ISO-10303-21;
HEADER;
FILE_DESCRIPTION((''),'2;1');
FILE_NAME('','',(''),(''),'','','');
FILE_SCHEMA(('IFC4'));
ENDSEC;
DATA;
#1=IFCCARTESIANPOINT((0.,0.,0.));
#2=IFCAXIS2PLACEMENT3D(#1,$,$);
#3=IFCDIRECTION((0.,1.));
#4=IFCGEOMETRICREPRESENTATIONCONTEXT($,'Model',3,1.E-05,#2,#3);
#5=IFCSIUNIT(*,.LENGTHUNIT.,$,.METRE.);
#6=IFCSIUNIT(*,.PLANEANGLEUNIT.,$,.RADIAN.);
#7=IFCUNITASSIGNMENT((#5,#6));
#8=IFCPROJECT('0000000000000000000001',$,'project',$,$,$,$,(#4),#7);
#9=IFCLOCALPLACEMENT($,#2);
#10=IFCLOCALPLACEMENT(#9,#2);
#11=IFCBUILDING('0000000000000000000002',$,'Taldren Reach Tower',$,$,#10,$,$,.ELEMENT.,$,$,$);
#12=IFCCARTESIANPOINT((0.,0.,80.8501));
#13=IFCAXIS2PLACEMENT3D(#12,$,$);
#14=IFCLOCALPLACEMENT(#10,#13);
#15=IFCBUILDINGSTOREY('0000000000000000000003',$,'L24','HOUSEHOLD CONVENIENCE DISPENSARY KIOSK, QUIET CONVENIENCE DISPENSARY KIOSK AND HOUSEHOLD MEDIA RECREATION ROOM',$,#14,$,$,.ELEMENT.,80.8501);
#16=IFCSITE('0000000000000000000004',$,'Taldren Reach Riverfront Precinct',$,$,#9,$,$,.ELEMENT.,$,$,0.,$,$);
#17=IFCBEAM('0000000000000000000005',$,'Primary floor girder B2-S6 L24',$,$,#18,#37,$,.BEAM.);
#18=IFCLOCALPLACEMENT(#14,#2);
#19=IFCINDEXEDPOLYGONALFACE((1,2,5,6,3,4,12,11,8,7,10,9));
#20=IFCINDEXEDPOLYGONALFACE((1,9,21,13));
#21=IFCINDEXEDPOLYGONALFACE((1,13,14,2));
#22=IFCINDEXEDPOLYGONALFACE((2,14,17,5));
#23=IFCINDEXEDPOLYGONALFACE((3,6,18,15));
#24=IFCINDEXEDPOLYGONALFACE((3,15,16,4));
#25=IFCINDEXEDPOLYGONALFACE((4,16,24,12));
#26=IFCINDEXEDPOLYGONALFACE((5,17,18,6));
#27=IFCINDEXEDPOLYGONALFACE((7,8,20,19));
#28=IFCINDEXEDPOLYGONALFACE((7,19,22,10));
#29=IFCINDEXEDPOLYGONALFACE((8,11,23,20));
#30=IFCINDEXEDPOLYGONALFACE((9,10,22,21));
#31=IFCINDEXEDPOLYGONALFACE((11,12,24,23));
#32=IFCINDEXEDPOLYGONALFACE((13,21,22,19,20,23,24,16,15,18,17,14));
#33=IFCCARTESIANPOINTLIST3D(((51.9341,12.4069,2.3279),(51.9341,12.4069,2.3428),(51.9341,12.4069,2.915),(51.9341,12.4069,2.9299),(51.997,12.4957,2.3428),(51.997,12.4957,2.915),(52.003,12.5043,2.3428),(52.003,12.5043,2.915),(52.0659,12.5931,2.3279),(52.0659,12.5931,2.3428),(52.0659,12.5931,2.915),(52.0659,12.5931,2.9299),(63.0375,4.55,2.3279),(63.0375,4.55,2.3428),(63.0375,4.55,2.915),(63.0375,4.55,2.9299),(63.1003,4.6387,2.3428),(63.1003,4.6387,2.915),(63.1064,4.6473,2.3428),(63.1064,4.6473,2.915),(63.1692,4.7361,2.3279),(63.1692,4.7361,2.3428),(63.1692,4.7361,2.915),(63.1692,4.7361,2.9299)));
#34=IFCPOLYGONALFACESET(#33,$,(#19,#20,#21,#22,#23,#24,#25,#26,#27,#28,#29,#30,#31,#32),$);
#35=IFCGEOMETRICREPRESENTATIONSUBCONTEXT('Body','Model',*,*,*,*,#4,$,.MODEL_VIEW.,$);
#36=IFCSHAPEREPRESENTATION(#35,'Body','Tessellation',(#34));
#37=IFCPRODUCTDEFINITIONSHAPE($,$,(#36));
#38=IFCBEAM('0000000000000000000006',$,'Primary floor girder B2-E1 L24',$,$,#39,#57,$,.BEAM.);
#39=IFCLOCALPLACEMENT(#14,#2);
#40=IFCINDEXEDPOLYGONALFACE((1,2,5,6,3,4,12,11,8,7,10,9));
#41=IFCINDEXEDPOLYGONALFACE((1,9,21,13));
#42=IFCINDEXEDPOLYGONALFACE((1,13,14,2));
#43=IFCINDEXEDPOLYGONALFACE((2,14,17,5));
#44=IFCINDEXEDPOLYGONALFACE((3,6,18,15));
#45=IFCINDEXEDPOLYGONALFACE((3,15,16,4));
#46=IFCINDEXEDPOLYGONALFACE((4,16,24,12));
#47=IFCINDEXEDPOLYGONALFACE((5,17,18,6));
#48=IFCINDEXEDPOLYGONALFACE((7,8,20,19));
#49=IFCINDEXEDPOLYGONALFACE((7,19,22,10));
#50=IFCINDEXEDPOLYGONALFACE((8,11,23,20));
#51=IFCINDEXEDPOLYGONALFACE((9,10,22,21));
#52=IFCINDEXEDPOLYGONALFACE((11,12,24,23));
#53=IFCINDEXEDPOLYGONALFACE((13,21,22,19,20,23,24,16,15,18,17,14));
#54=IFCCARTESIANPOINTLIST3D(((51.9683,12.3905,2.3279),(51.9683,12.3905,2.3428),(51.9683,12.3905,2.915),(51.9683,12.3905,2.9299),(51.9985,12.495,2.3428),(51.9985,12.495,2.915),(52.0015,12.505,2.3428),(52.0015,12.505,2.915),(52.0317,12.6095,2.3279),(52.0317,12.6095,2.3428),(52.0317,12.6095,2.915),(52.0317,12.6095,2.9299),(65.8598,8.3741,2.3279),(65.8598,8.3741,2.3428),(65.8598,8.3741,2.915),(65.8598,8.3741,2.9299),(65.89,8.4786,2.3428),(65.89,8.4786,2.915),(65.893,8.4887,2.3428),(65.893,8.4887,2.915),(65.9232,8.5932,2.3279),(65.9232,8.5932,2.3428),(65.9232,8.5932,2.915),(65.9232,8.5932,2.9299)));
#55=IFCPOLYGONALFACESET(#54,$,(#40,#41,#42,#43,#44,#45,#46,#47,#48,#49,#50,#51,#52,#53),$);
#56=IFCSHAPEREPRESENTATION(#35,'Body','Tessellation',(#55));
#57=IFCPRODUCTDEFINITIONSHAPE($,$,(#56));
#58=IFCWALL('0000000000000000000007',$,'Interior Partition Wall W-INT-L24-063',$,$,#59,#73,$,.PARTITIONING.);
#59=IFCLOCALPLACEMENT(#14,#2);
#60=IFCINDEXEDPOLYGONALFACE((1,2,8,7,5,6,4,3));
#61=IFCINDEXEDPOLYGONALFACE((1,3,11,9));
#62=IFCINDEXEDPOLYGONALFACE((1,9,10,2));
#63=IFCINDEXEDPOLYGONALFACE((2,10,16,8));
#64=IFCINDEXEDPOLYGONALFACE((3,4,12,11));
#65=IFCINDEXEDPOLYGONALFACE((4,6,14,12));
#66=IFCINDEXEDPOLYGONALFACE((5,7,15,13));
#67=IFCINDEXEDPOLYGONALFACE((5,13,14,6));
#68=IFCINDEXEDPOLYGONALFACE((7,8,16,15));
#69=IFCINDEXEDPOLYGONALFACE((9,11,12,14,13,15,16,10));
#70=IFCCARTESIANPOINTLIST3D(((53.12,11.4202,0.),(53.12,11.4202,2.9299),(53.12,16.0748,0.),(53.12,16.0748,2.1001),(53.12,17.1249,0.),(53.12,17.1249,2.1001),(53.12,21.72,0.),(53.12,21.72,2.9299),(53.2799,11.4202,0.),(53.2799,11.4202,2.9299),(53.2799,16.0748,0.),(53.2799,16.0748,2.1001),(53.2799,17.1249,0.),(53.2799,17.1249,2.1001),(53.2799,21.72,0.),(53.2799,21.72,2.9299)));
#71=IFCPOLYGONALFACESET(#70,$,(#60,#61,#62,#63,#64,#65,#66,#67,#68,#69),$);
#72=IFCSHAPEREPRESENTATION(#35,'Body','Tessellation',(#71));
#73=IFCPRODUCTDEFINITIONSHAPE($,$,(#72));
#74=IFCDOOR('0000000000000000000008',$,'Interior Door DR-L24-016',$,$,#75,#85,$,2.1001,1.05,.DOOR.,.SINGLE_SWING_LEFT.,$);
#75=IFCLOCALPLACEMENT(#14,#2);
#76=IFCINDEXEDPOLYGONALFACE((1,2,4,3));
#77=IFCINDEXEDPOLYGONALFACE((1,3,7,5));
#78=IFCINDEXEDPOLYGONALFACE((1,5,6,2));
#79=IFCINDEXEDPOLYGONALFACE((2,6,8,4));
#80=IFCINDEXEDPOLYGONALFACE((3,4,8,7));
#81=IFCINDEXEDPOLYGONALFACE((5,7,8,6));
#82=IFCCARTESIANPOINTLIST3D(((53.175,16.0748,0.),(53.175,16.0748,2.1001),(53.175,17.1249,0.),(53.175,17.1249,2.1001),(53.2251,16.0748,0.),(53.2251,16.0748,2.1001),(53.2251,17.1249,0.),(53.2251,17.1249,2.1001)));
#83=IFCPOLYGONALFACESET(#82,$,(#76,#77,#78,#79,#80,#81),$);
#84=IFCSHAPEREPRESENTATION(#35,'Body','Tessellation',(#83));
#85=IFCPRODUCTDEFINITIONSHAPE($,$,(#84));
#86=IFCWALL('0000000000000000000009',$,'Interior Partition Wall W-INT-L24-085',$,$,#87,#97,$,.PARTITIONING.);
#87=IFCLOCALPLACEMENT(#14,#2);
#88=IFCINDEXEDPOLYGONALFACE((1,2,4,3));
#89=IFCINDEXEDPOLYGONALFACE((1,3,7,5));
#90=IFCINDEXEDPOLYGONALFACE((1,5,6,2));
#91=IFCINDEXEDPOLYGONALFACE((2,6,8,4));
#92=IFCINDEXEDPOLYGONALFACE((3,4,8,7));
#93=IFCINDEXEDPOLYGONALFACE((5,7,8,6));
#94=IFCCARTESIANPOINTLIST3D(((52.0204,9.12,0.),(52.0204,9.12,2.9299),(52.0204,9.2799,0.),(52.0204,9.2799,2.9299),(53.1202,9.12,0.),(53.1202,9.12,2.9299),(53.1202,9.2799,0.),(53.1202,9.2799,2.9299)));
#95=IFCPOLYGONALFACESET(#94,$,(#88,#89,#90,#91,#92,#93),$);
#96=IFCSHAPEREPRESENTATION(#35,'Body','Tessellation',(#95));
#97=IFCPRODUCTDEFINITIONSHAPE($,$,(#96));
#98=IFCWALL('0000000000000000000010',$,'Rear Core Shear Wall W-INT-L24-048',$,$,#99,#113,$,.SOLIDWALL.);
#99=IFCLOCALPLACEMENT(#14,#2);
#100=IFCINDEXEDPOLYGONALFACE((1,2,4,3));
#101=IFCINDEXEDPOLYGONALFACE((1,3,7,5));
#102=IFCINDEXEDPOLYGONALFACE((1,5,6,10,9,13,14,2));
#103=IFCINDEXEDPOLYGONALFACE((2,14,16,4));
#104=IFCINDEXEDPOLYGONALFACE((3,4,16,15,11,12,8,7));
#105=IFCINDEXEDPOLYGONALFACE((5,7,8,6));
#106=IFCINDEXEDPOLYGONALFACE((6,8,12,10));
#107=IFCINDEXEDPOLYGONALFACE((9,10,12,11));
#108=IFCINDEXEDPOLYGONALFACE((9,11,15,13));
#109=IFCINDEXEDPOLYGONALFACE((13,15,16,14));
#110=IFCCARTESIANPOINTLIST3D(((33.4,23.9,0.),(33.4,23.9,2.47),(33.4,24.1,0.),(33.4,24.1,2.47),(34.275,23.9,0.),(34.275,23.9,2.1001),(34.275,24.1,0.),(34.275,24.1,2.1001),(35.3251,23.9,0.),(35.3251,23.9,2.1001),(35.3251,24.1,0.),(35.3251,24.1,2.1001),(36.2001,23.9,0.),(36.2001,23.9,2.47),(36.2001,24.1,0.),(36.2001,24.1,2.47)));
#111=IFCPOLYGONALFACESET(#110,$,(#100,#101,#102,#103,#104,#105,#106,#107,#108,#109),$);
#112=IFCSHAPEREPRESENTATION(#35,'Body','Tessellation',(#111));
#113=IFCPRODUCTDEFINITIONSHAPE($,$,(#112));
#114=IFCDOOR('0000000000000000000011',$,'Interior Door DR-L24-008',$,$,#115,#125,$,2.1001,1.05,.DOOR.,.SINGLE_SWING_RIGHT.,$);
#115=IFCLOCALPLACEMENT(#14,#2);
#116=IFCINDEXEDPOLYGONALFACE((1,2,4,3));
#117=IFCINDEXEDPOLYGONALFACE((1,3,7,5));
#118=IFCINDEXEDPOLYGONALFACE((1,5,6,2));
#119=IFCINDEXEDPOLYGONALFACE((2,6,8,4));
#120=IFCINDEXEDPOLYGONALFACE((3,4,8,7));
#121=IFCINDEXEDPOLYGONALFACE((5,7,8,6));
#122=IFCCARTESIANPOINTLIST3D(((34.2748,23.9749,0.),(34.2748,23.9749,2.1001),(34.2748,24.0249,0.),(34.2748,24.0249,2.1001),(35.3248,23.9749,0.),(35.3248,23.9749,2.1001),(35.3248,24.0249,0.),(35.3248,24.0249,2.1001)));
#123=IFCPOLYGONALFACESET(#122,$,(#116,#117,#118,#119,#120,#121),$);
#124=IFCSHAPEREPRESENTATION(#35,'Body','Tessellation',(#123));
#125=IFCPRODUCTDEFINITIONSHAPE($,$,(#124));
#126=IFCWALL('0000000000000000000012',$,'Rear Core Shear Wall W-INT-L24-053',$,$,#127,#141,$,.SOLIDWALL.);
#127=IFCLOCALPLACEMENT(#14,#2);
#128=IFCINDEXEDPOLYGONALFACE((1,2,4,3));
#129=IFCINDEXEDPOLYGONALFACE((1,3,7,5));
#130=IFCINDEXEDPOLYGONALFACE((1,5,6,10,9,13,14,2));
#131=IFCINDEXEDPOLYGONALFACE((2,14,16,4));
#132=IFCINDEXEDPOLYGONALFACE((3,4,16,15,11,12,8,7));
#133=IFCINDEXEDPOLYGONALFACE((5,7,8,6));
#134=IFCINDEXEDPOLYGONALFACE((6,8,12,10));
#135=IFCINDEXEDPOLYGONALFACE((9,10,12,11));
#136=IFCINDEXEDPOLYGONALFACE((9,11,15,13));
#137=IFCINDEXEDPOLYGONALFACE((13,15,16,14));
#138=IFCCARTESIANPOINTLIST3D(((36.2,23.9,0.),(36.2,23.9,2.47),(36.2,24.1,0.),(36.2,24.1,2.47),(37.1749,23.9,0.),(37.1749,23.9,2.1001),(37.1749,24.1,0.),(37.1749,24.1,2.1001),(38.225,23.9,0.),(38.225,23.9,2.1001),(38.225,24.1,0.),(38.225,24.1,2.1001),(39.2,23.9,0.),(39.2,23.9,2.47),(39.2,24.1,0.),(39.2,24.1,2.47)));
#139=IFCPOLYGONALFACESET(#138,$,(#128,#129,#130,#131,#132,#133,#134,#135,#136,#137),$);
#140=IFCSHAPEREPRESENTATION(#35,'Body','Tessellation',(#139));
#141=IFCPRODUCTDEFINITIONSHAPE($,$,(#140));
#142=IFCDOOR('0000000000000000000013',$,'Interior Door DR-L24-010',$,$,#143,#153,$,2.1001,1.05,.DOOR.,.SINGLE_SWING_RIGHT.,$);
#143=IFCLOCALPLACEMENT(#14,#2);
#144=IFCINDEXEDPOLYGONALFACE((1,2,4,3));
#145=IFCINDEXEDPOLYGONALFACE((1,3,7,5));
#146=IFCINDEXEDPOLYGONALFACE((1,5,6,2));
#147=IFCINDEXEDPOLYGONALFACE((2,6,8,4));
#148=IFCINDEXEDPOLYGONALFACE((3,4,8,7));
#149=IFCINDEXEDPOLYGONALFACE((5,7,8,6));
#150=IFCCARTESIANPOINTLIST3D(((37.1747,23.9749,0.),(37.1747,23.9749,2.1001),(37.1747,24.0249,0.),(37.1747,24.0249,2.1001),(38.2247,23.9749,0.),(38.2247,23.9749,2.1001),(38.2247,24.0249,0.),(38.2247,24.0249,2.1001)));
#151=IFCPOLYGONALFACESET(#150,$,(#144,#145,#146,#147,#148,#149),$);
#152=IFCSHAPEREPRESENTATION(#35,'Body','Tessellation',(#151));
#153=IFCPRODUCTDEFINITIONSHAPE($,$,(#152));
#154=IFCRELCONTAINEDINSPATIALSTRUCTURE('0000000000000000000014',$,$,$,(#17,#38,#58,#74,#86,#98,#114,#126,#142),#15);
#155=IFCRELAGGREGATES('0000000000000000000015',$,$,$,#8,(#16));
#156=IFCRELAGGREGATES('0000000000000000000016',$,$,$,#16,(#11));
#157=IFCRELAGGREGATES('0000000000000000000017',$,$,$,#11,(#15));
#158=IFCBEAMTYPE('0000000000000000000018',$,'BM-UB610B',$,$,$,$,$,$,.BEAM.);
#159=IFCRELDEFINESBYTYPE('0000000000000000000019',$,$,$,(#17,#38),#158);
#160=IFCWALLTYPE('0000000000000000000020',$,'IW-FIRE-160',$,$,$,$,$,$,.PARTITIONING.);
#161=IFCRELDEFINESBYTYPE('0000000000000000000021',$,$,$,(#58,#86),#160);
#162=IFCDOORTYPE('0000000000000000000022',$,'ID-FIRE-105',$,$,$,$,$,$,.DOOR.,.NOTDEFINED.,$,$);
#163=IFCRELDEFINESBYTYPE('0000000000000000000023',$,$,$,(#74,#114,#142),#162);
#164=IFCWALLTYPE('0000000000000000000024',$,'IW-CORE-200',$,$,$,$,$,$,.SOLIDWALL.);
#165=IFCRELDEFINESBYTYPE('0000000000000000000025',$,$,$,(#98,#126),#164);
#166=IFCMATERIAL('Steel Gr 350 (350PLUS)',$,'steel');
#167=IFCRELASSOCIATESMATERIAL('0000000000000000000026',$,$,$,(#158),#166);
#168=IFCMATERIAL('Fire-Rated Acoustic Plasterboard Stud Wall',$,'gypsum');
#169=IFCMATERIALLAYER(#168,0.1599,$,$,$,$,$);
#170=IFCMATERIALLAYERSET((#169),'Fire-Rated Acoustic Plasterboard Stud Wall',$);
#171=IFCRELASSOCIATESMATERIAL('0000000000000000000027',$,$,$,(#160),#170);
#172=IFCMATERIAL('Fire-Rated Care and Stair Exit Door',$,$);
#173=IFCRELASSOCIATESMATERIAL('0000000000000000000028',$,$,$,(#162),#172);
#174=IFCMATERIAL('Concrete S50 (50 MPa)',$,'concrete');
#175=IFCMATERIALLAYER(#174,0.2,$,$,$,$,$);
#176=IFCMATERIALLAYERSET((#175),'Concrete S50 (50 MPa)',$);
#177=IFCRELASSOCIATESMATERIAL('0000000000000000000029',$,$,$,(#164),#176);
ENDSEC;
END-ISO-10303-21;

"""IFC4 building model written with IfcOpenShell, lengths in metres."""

from ifc_helpers import new_model, si_unit, direction, frame, frame_2d, origin, origin_2d, place, context, subcontext, project, spatial, rectangle, i_section, extrude, source, transform, mapped, material, layer, layer_set, material_profile, profile_set, type_object, element, fill, save


model = new_model("IFC4")

# Units and contexts
model_context = context("Model", 3, precision=1e-05, world=origin(), true_north=direction((0.0, 1.0)))
body_context = subcontext(model_context, "Body", "Model", "MODEL_VIEW")
ifc_project = project(units=[si_unit("LENGTHUNIT", "METRE"), si_unit("PLANEANGLEUNIT", "RADIAN")], contexts=[model_context])

# Site, building, storey
site_placement = place(None, origin())
site = spatial("IfcSite", under=ifc_project, at=site_placement, Name="Taldren Reach Riverfront Precinct", CompositionType="ELEMENT", RefElevation=0.0)
building_placement = place(site_placement, origin())
building = spatial("IfcBuilding", under=site, at=building_placement, Name="Taldren Reach Tower", CompositionType="ELEMENT")
storey_placement = place(building_placement, frame((0.0, 0.0, 80.8501)))
storey = spatial("IfcBuildingStorey", under=building, at=storey_placement, Name="L24", Description="HOUSEHOLD CONVENIENCE DISPENSARY KIOSK, QUIET CONVENIENCE DISPENSARY KIOSK AND HOUSEHOLD MEDIA RECREATION ROOM", CompositionType="ELEMENT", Elevation=80.8501)

# Shared definitions
ifc_material_1 = material(Name="Steel Gr 350 (350PLUS)", Category="steel")

# Beams
ifc_material_profile_1 = material_profile(ifc_material_1, i_section(OverallWidth=0.228, OverallDepth=0.6021, WebThickness=0.0105, FlangeThickness=0.0149, at=origin_2d()), Name="610UB101")
ifc_profile_set_1 = profile_set([ifc_material_profile_1], Name="Steel Gr 350 (350PLUS)")
beam_type_1 = type_object("IfcBeamType", Name="BM-UB610B", PredefinedType="BEAM", material=ifc_profile_set_1)
shared_shape_1 = source(origin(), body_context, "Body", "SweptSolid", [
    extrude(i_section(OverallWidth=0.228, OverallDepth=0.6021, WebThickness=0.0105, FlangeThickness=0.0149, at=origin_2d()), origin(), (0.0, 0.0, 1.0), 13.6021),
])
beam_1_placement = place(storey_placement, frame((52.0, 12.5, 2.6289), z_axis=(0.816298, -0.577631, 0.0), x_axis=(0.577631, 0.816298, 0.0)))
element("IfcBeam", 1, at=beam_1_placement, inside=storey, type_object=beam_type_1, Name="Primary floor girder B2-S6 L24", PredefinedType="BEAM", context=body_context, shape_type="MappedRepresentation", body=[
    mapped(shared_shape_1, transform((0.0, 0.0, 0.0), scale=1.0)),
])
shared_shape_2 = source(origin(), body_context, "Body", "SweptSolid", [
    extrude(i_section(OverallWidth=0.228, OverallDepth=0.6021, WebThickness=0.0105, FlangeThickness=0.0149, at=origin_2d()), origin(), (0.0, 0.0, 1.0), 14.4604),
])
beam_2_placement = place(storey_placement, frame((52.0, 12.5, 2.6289), z_axis=(0.960655, -0.277746, 0.0), x_axis=(0.277746, 0.960655, 0.0)))
element("IfcBeam", 2, at=beam_2_placement, inside=storey, type_object=beam_type_1, Name="Primary floor girder B2-E1 L24", PredefinedType="BEAM", context=body_context, shape_type="MappedRepresentation", body=[
    mapped(shared_shape_2, transform((0.0, 0.0, 0.0), scale=1.0)),
])

# Wall, opening, door
ifc_material_2 = material(Name="Fire-Rated Acoustic Plasterboard Stud Wall", Category="gypsum")
ifc_layer_1 = layer(ifc_material_2, 0.1599)
ifc_layer_set_1 = layer_set([ifc_layer_1], Name="Fire-Rated Acoustic Plasterboard Stud Wall")
wall_type_1 = type_object("IfcWallType", Name="IW-FIRE-160", PredefinedType="PARTITIONING", material=ifc_layer_set_1)
shared_shape_3 = source(origin(), body_context, "Body", "SweptSolid", [
    extrude(rectangle(XDim=10.2998, YDim=0.1599, at=frame_2d((5.1499, 0.0))), origin(), (0.0, 0.0, 1.0), 2.9299),
])
wall_1_placement = place(storey_placement, frame((53.2, 11.4202, 0.0), z_axis=(0.0, 0.0, 1.0), x_axis=(0.0, 1.0, 0.0)))
wall_1 = element("IfcWall", 3, at=wall_1_placement, inside=storey, type_object=wall_type_1, Name="Interior Partition Wall W-INT-L24-063", PredefinedType="PARTITIONING", context=body_context, shape_type="MappedRepresentation", body=[
    mapped(shared_shape_3, transform((0.0, 0.0, 0.0), scale=1.0)),
])
shared_shape_4 = source(origin(), body_context, "Body", "SweptSolid", [
    extrude(rectangle(XDim=1.05, YDim=2.1001, at=frame_2d((0.5249, 1.05))), frame((0.0, 0.0898, 0.0), z_axis=(0.0, -1.0, 0.0), x_axis=(1.0, 0.0, 0.0)), (0.0, 0.0, 1.0), 0.1799),
])
opening_1_placement = place(wall_1_placement, frame((4.6548, 0.0, 0.0)))
opening_1 = element("IfcOpeningElement", 4, at=opening_1_placement, cuts=wall_1, PredefinedType="OPENING", context=body_context, shape_type="MappedRepresentation", body=[
    mapped(shared_shape_4, transform((0.0, 0.0, 0.0), scale=1.0)),
])
ifc_material_3 = material(Name="Fire-Rated Care and Stair Exit Door")
door_type_1 = type_object("IfcDoorType", Name="ID-FIRE-105", OperationType="NOTDEFINED", PredefinedType="DOOR", material=ifc_material_3)
shared_shape_5 = source(origin(), body_context, "Body", "SweptSolid", [
    extrude(rectangle(XDim=1.05, YDim=2.1001, at=frame_2d((0.5249, 1.05))), frame((0.0, 0.0249, 0.0), z_axis=(0.0, -1.0, 0.0), x_axis=(1.0, 0.0, 0.0)), (0.0, 0.0, 1.0), 0.05),
])
door_1_placement = place(opening_1_placement, origin())
door_1 = element("IfcDoor", 5, at=door_1_placement, inside=storey, type_object=door_type_1, Name="Interior Door DR-L24-016", OperationType="SINGLE_SWING_LEFT", OverallHeight=2.1001, OverallWidth=1.05, PredefinedType="DOOR", context=body_context, shape_type="MappedRepresentation", body=[
    mapped(shared_shape_5, transform((0.0, 0.0, 0.0), scale=1.0)),
])
fill(opening_1, door_1)

# Wall
shared_shape_6 = source(origin(), body_context, "Body", "SweptSolid", [
    extrude(rectangle(XDim=1.0999, YDim=0.1599, at=frame_2d((0.5498, 0.0))), origin(), (0.0, 0.0, 1.0), 2.9299),
])
wall_2_placement = place(storey_placement, frame((53.1201, 9.2, 0.0), z_axis=(0.0, 0.0, 1.0), x_axis=(-1.0, 0.0, 0.0)))
element("IfcWall", 6, at=wall_2_placement, inside=storey, type_object=wall_type_1, Name="Interior Partition Wall W-INT-L24-085", PredefinedType="PARTITIONING", context=body_context, shape_type="MappedRepresentation", body=[
    mapped(shared_shape_6, transform((0.0, 0.0, 0.0), scale=1.0)),
])

# Walls, openings, doors
ifc_material_4 = material(Name="Concrete S50 (50 MPa)", Category="concrete")
ifc_layer_2 = layer(ifc_material_4, 0.2)
ifc_layer_set_2 = layer_set([ifc_layer_2], Name="Concrete S50 (50 MPa)")
wall_type_2 = type_object("IfcWallType", Name="IW-CORE-200", PredefinedType="SOLIDWALL", material=ifc_layer_set_2)
shared_shape_7 = source(origin(), body_context, "Body", "SweptSolid", [
    extrude(rectangle(XDim=2.8, YDim=0.2, at=frame_2d((1.3999, 0.0))), origin(), (0.0, 0.0, 1.0), 2.47),
])
wall_3_placement = place(storey_placement, frame((36.2, 24.0, 0.0), z_axis=(0.0, 0.0, 1.0), x_axis=(-1.0, 0.0, 0.0)))
wall_3 = element("IfcWall", 7, at=wall_3_placement, inside=storey, type_object=wall_type_2, Name="Rear Core Shear Wall W-INT-L24-048", PredefinedType="SOLIDWALL", context=body_context, shape_type="MappedRepresentation", body=[
    mapped(shared_shape_7, transform((0.0, 0.0, 0.0), scale=1.0)),
])
shared_shape_8 = source(origin(), body_context, "Body", "SweptSolid", [
    extrude(rectangle(XDim=1.05, YDim=2.1001, at=frame_2d((0.5249, 1.05))), frame((0.0, 0.1099, 0.0), z_axis=(0.0, -1.0, 0.0), x_axis=(1.0, 0.0, 0.0)), (0.0, 0.0, 1.0), 0.22),
])
opening_2_placement = place(wall_3_placement, frame((0.875, 0.0, 0.0)))
opening_2 = element("IfcOpeningElement", 8, at=opening_2_placement, cuts=wall_3, PredefinedType="OPENING", context=body_context, shape_type="MappedRepresentation", body=[
    mapped(shared_shape_8, transform((0.0, 0.0, 0.0), scale=1.0)),
])
door_2_placement = place(opening_2_placement, frame((1.05, 0.0, 0.0), z_axis=(0.0, 0.0, 1.0), x_axis=(-1.0, 0.0, 0.0)))
door_2 = element("IfcDoor", 9, at=door_2_placement, inside=storey, type_object=door_type_1, Name="Interior Door DR-L24-008", OperationType="SINGLE_SWING_RIGHT", OverallHeight=2.1001, OverallWidth=1.05, PredefinedType="DOOR", context=body_context, shape_type="MappedRepresentation", body=[
    mapped(shared_shape_5, transform((0.0, 0.0, 0.0), scale=1.0)),
])
fill(opening_2, door_2)
shared_shape_9 = source(origin(), body_context, "Body", "SweptSolid", [
    extrude(rectangle(XDim=3.0, YDim=0.2, at=frame_2d((1.5, 0.0))), origin(), (0.0, 0.0, 1.0), 2.47),
])
wall_4_placement = place(storey_placement, frame((39.2, 24.0, 0.0), z_axis=(0.0, 0.0, 1.0), x_axis=(-1.0, 0.0, 0.0)))
wall_4 = element("IfcWall", 10, at=wall_4_placement, inside=storey, type_object=wall_type_2, Name="Rear Core Shear Wall W-INT-L24-053", PredefinedType="SOLIDWALL", context=body_context, shape_type="MappedRepresentation", body=[
    mapped(shared_shape_9, transform((0.0, 0.0, 0.0), scale=1.0)),
])
opening_3_placement = place(wall_4_placement, frame((0.9751, 0.0, 0.0)))
opening_3 = element("IfcOpeningElement", 11, at=opening_3_placement, cuts=wall_4, PredefinedType="OPENING", context=body_context, shape_type="MappedRepresentation", body=[
    mapped(shared_shape_8, transform((0.0, 0.0, 0.0), scale=1.0)),
])
door_3_placement = place(opening_3_placement, frame((1.05, 0.0, 0.0), z_axis=(0.0, 0.0, 1.0), x_axis=(-1.0, 0.0, 0.0)))
door_3 = element("IfcDoor", 12, at=door_3_placement, inside=storey, type_object=door_type_1, Name="Interior Door DR-L24-010", OperationType="SINGLE_SWING_RIGHT", OverallHeight=2.1001, OverallWidth=1.05, PredefinedType="DOOR", context=body_context, shape_type="MappedRepresentation", body=[
    mapped(shared_shape_5, transform((0.0, 0.0, 0.0), scale=1.0)),
])
fill(opening_3, door_3)

save(model, "model.ifc")
